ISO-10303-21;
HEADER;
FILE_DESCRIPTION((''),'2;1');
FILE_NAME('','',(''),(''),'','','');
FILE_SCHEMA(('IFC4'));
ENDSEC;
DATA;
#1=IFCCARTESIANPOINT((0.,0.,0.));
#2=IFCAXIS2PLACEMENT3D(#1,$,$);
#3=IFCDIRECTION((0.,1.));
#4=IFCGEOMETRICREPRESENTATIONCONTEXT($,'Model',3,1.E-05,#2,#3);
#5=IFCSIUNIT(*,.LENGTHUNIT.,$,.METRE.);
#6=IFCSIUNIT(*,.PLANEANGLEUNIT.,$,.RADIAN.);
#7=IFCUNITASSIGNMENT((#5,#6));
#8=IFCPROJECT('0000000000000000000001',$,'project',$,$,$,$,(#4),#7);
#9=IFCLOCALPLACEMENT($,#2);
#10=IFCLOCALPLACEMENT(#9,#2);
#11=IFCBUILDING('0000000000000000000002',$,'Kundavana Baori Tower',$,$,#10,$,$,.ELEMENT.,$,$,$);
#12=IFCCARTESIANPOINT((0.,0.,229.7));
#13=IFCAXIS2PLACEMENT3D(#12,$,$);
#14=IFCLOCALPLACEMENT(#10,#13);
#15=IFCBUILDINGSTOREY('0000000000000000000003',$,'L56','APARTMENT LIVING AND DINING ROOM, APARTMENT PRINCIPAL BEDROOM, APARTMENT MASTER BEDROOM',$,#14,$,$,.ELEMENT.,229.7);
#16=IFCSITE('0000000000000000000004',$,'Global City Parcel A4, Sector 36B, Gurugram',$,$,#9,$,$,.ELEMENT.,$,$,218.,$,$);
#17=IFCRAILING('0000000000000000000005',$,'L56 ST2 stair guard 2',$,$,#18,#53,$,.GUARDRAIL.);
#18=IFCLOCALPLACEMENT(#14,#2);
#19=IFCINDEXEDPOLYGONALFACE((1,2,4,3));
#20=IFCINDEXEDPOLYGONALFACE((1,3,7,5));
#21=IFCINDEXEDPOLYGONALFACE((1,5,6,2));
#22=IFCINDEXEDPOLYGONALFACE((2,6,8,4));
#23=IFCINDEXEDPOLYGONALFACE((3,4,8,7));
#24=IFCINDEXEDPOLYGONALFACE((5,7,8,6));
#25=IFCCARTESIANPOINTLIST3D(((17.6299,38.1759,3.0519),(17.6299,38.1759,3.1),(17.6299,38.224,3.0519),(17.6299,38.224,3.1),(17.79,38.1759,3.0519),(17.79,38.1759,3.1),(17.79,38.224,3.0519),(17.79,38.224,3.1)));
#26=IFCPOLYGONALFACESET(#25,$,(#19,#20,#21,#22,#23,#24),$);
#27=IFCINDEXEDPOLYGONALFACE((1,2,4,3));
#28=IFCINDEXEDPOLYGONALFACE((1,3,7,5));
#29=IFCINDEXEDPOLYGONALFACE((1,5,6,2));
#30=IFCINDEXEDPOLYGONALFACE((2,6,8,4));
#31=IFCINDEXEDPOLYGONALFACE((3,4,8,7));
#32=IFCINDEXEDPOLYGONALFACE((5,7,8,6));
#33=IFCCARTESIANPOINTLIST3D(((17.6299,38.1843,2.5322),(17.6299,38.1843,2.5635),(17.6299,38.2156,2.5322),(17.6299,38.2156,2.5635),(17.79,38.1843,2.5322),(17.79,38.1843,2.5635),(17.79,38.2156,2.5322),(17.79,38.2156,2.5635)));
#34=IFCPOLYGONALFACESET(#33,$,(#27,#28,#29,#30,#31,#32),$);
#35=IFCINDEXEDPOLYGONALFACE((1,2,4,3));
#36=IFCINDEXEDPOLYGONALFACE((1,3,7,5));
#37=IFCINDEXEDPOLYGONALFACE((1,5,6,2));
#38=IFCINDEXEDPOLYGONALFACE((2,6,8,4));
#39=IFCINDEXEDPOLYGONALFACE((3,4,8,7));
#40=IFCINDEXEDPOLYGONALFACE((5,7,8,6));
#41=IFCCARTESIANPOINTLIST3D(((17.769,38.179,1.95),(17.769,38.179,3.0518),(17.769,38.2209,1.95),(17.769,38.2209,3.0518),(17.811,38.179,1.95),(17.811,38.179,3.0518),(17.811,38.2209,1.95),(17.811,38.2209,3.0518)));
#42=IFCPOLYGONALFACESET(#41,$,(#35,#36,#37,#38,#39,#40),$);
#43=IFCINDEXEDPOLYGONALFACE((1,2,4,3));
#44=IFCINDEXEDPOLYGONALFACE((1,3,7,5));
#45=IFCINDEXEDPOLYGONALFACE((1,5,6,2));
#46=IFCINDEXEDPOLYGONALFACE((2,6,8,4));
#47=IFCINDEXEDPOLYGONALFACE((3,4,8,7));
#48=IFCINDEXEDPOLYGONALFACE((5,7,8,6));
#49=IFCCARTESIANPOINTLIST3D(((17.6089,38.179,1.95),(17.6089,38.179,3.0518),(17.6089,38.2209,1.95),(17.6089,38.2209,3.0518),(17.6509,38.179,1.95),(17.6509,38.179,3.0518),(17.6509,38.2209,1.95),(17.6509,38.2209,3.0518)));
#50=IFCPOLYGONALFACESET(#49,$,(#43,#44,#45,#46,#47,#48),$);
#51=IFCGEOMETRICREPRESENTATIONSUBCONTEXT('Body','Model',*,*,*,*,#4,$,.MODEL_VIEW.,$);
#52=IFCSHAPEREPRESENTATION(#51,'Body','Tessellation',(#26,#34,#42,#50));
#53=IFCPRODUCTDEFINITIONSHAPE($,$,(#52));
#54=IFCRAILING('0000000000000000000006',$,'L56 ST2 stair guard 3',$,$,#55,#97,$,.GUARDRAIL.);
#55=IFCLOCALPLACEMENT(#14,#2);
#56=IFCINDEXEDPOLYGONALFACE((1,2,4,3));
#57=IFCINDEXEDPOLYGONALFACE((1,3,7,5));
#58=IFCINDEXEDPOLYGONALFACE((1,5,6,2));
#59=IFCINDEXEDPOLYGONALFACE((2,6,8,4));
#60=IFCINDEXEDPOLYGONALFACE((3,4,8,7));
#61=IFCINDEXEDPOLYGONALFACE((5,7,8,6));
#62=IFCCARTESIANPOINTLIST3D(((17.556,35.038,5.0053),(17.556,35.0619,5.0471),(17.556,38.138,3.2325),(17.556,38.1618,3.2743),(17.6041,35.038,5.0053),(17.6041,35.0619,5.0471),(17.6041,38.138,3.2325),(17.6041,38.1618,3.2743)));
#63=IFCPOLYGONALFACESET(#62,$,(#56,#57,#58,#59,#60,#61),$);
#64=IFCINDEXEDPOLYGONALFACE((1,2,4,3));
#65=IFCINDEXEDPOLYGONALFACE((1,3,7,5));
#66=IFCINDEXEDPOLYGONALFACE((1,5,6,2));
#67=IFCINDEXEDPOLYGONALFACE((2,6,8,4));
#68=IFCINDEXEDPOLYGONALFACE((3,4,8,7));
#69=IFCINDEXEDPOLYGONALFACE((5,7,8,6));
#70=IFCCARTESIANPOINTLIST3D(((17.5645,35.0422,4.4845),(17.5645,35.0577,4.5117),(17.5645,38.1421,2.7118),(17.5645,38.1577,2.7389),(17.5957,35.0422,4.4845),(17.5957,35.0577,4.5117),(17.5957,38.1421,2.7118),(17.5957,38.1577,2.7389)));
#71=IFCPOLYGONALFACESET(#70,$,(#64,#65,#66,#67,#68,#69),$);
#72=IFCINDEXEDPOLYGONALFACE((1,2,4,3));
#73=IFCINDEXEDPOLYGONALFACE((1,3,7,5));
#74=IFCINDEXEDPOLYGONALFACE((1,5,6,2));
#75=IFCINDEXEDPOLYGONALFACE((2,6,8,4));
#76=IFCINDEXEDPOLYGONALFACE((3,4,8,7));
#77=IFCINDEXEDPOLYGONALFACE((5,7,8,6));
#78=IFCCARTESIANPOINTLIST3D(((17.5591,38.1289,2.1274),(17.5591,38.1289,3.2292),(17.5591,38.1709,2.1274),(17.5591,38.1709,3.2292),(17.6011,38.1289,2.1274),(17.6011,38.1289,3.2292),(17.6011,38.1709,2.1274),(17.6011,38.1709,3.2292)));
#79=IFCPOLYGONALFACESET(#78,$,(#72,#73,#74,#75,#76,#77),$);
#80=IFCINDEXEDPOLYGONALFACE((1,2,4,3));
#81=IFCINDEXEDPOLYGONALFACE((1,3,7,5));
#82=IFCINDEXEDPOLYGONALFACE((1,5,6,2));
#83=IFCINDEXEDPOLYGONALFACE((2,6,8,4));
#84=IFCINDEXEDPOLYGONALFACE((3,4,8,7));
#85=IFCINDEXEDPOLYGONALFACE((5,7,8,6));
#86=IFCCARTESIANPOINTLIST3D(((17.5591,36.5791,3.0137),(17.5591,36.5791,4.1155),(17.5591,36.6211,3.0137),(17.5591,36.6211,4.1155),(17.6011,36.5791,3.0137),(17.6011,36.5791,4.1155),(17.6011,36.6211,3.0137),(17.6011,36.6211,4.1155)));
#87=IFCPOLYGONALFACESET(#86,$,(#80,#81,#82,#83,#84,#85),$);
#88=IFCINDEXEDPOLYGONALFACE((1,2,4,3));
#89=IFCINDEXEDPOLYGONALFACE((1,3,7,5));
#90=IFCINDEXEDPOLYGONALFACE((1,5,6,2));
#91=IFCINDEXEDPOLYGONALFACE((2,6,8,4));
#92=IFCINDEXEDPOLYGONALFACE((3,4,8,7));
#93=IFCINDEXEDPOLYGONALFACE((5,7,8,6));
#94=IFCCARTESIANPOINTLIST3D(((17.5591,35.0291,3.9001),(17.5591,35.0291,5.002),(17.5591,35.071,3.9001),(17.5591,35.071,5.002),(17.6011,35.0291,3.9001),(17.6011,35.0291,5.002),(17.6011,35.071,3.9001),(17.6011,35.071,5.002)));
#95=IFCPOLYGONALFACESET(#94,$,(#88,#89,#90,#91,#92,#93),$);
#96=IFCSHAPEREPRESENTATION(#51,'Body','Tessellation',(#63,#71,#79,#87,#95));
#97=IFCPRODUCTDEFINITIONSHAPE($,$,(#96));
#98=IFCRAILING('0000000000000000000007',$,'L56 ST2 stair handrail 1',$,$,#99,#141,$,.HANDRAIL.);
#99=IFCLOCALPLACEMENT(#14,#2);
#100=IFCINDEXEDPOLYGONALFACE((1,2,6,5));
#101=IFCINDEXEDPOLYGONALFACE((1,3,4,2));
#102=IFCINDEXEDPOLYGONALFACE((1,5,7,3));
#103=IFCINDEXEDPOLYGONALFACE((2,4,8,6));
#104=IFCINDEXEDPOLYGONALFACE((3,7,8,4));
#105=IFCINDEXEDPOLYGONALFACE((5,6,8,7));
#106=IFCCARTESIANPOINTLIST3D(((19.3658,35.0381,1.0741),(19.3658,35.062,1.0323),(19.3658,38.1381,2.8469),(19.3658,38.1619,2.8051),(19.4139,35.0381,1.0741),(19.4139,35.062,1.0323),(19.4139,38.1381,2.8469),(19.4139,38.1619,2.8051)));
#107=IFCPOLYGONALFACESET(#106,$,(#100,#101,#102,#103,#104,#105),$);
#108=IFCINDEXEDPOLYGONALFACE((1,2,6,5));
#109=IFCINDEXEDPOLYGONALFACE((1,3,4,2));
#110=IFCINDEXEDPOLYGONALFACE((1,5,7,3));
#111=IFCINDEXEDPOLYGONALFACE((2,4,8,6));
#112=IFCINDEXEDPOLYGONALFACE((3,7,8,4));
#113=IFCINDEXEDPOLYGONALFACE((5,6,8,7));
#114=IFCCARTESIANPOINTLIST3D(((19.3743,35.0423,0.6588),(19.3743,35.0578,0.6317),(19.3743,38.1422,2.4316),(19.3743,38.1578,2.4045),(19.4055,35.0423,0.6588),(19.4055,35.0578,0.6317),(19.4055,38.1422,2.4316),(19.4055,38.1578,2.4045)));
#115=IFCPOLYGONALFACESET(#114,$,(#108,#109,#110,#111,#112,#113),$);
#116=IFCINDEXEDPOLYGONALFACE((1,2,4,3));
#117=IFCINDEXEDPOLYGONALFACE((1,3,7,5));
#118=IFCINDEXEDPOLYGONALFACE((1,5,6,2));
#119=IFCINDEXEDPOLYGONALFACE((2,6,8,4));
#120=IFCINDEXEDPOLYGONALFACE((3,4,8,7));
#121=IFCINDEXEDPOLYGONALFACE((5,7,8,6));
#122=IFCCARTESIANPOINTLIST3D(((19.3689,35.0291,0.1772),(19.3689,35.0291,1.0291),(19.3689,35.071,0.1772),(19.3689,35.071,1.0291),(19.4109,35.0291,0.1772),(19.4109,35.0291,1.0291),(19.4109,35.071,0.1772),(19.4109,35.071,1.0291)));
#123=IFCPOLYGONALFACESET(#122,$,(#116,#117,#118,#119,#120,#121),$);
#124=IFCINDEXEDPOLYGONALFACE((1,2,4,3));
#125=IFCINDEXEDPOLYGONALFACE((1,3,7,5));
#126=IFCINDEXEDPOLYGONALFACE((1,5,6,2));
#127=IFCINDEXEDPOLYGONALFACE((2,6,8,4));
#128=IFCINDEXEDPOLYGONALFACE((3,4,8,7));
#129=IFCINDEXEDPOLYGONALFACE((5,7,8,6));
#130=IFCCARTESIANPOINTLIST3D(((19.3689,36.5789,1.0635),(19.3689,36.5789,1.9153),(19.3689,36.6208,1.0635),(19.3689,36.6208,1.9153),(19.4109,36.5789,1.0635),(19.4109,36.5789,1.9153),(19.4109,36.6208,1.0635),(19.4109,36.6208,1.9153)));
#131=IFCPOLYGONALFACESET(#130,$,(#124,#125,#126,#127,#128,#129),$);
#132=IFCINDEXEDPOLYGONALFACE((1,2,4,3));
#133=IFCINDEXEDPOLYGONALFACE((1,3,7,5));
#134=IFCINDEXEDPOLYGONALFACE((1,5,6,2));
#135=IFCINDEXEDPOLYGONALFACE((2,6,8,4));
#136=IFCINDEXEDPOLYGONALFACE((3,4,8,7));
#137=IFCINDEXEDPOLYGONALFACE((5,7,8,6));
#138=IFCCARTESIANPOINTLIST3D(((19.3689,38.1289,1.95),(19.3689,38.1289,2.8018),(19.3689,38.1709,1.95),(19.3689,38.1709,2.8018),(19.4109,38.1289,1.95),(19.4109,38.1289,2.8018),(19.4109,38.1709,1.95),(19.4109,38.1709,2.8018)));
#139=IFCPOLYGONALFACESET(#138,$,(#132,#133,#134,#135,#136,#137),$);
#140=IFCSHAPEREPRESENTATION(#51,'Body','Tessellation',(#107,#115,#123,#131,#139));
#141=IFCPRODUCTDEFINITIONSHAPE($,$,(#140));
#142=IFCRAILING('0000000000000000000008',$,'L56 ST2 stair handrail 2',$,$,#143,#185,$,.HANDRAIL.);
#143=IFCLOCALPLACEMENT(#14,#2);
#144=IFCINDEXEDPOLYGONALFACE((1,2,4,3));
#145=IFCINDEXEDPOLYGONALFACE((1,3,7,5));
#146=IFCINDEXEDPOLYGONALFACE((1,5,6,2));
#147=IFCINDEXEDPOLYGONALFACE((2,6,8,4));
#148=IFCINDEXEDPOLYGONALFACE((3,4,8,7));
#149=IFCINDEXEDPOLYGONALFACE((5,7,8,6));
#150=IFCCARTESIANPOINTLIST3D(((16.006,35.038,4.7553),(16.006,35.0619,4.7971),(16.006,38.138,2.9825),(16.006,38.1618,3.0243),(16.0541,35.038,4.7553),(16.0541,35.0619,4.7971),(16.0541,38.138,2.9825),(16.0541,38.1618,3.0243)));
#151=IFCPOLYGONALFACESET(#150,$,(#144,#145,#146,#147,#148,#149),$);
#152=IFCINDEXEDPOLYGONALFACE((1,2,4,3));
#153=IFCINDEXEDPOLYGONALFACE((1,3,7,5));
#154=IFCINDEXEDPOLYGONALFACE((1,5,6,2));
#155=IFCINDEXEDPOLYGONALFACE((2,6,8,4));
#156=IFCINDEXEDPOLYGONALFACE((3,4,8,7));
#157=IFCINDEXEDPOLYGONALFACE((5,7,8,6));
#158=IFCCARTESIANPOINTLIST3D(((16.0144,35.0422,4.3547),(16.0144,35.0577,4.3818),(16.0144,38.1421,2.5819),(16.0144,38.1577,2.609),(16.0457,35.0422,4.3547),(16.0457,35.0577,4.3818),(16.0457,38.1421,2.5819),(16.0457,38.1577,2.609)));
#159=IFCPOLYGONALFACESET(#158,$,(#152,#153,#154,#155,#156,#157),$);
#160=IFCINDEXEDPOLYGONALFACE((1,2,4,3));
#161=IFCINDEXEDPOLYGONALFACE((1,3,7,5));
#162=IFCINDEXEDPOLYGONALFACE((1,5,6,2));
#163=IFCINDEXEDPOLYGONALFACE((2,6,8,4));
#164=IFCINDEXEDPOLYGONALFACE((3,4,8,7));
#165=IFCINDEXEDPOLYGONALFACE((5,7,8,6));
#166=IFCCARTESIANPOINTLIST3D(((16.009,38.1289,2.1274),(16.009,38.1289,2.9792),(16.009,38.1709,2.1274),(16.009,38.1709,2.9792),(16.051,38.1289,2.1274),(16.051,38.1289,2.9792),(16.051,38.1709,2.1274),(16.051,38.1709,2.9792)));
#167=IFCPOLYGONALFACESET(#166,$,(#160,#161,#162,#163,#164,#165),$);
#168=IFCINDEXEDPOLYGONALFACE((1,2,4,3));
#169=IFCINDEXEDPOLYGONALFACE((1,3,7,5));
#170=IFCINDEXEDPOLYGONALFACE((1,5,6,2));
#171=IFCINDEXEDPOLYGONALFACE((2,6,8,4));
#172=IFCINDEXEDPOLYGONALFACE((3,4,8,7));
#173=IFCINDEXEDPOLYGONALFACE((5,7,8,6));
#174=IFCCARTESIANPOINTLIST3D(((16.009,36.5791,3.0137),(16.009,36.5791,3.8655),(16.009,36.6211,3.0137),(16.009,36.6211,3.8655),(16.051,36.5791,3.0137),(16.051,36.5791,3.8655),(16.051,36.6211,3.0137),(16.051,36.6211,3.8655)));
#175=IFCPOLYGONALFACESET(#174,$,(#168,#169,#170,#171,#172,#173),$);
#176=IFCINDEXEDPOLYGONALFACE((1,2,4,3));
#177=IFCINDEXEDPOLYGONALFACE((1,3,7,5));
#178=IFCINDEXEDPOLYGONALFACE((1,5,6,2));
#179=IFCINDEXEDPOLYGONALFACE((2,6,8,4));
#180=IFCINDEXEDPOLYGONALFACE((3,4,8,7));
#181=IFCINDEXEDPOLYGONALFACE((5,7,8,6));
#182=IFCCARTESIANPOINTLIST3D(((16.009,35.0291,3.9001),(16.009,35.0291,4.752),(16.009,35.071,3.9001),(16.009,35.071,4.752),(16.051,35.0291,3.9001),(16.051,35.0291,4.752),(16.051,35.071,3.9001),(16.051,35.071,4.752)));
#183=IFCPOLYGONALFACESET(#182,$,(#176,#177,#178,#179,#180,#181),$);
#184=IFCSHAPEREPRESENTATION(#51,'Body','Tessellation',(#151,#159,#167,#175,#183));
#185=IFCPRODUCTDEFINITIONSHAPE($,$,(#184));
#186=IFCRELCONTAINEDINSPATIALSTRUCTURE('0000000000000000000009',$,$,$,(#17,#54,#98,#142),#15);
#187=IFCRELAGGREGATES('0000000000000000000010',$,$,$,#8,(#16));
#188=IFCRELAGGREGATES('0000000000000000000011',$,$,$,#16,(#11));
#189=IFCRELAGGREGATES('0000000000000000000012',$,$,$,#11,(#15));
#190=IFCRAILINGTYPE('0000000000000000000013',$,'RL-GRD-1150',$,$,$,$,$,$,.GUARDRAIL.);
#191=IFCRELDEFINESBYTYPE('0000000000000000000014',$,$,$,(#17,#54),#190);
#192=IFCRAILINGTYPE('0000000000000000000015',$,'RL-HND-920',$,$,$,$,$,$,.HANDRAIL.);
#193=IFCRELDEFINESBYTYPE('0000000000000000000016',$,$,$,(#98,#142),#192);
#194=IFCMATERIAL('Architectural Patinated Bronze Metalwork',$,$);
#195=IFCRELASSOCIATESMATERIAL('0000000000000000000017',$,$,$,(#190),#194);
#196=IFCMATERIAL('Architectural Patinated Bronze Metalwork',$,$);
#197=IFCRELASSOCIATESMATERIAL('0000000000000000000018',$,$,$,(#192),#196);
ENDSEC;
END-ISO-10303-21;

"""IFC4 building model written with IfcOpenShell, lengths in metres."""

from ifc_helpers import new_model, si_unit, direction, frame, origin, origin_2d, place, context, subcontext, project, spatial, rectangle, extrude, material, type_object, element, save


model = new_model("IFC4")

# Units and contexts
model_context = context("Model", 3, precision=1e-05, world=origin(), true_north=direction((0.0, 1.0)))
body_context = subcontext(model_context, "Body", "Model", "MODEL_VIEW")
ifc_project = project(units=[si_unit("LENGTHUNIT", "METRE"), si_unit("PLANEANGLEUNIT", "RADIAN")], contexts=[model_context])

# Site, building, storey
site_placement = place(None, origin())
site = spatial("IfcSite", under=ifc_project, at=site_placement, Name="Global City Parcel A4, Sector 36B, Gurugram", CompositionType="ELEMENT", RefElevation=218.0)
building_placement = place(site_placement, origin())
building = spatial("IfcBuilding", under=site, at=building_placement, Name="Kundavana Baori Tower", CompositionType="ELEMENT")
storey_placement = place(building_placement, frame((0.0, 0.0, 229.7)))
storey = spatial("IfcBuildingStorey", under=building, at=storey_placement, Name="L56", Description="APARTMENT LIVING AND DINING ROOM, APARTMENT PRINCIPAL BEDROOM, APARTMENT MASTER BEDROOM", CompositionType="ELEMENT", Elevation=229.7)

# Railings
ifc_material_1 = material(Name="Architectural Patinated Bronze Metalwork")
railing_type_1 = type_object("IfcRailingType", Name="RL-GRD-1150", PredefinedType="GUARDRAIL", material=ifc_material_1)
railing_1_placement = place(storey_placement, frame((17.79, 38.2, 1.95)))
element("IfcRailing", 1, at=railing_1_placement, inside=storey, type_object=railing_type_1, Name="L56 ST2 stair guard 2", PredefinedType="GUARDRAIL", context=body_context, shape_type="SweptSolid", body=[
    extrude(rectangle(XDim=0.0481, YDim=0.0481, at=origin_2d()), frame((0.0, 0.0, 1.126), z_axis=(-1.0, 0.0, 0.0), x_axis=(0.0, -1.0, 0.0)), (0.0, 0.0, 1.0), 0.1602),
    extrude(rectangle(XDim=0.0312, YDim=0.0312, at=origin_2d()), frame((0.0, 0.0, 0.5979), z_axis=(-1.0, 0.0, 0.0), x_axis=(0.0, -1.0, 0.0)), (0.0, 0.0, 1.0), 0.1602),
    extrude(rectangle(XDim=0.042, YDim=0.042, at=origin_2d()), origin(), (0.0, 0.0, 1.0), 1.1018),
    extrude(rectangle(XDim=0.042, YDim=0.042, at=origin_2d()), frame((-0.1602, 0.0, 0.0)), (0.0, 0.0, 1.0), 1.1018),
])
railing_2_placement = place(storey_placement, frame((17.5801, 38.1499, 2.1274)))
element("IfcRailing", 2, at=railing_2_placement, inside=storey, type_object=railing_type_1, Name="L56 ST2 stair guard 3", PredefinedType="GUARDRAIL", context=body_context, shape_type="SweptSolid", body=[
    extrude(rectangle(XDim=0.0481, YDim=0.0481, at=origin_2d()), frame((0.0, 0.0, 1.126), z_axis=(0.0, -0.868079, 0.496426), x_axis=(1.0, 0.0, 0.0)), (0.0, 0.0, 1.0), 3.571),
    extrude(rectangle(XDim=0.0312, YDim=0.0312, at=origin_2d()), frame((0.0, 0.0, 0.5979), z_axis=(0.0, -0.868079, 0.496426), x_axis=(1.0, 0.0, 0.0)), (0.0, 0.0, 1.0), 3.571),
    extrude(rectangle(XDim=0.042, YDim=0.042, at=origin_2d()), origin(), (0.0, 0.0, 1.0), 1.1018),
    extrude(rectangle(XDim=0.042, YDim=0.042, at=origin_2d()), frame((0.0, -1.5498, 0.8862)), (0.0, 0.0, 1.0), 1.1018),
    extrude(rectangle(XDim=0.042, YDim=0.042, at=origin_2d()), frame((0.0, -3.0999, 1.7727)), (0.0, 0.0, 1.0), 1.1018),
])
ifc_material_2 = material(Name="Architectural Patinated Bronze Metalwork")
railing_type_2 = type_object("IfcRailingType", Name="RL-HND-920", PredefinedType="HANDRAIL", material=ifc_material_2)
railing_3_placement = place(storey_placement, frame((19.3899, 35.05, 0.1772)))
element("IfcRailing", 3, at=railing_3_placement, inside=storey, type_object=railing_type_2, Name="L56 ST2 stair handrail 1", PredefinedType="HANDRAIL", context=body_context, shape_type="SweptSolid", body=[
    extrude(rectangle(XDim=0.0481, YDim=0.0481, at=origin_2d()), frame((0.0, 0.0, 0.876), z_axis=(0.0, 0.868079, 0.496426), x_axis=(-1.0, 0.0, 0.0)), (0.0, 0.0, 1.0), 3.571),
    extrude(rectangle(XDim=0.0312, YDim=0.0312, at=origin_2d()), frame((0.0, 0.0, 0.468), z_axis=(0.0, 0.868079, 0.496426), x_axis=(-1.0, 0.0, 0.0)), (0.0, 0.0, 1.0), 3.571),
    extrude(rectangle(XDim=0.042, YDim=0.042, at=origin_2d()), origin(), (0.0, 0.0, 1.0), 0.8518),
    extrude(rectangle(XDim=0.042, YDim=0.042, at=origin_2d()), frame((0.0, 1.5498, 0.8862)), (0.0, 0.0, 1.0), 0.8518),
    extrude(rectangle(XDim=0.042, YDim=0.042, at=origin_2d()), frame((0.0, 3.0999, 1.7727)), (0.0, 0.0, 1.0), 0.8518),
])
railing_4_placement = place(storey_placement, frame((16.03, 38.1499, 2.1274)))
element("IfcRailing", 4, at=railing_4_placement, inside=storey, type_object=railing_type_2, Name="L56 ST2 stair handrail 2", PredefinedType="HANDRAIL", context=body_context, shape_type="SweptSolid", body=[
    extrude(rectangle(XDim=0.0481, YDim=0.0481, at=origin_2d()), frame((0.0, 0.0, 0.876), z_axis=(0.0, -0.868079, 0.496426), x_axis=(1.0, 0.0, 0.0)), (0.0, 0.0, 1.0), 3.571),
    extrude(rectangle(XDim=0.0312, YDim=0.0312, at=origin_2d()), frame((0.0, 0.0, 0.468), z_axis=(0.0, -0.868079, 0.496426), x_axis=(1.0, 0.0, 0.0)), (0.0, 0.0, 1.0), 3.571),
    extrude(rectangle(XDim=0.042, YDim=0.042, at=origin_2d()), origin(), (0.0, 0.0, 1.0), 0.8518),
    extrude(rectangle(XDim=0.042, YDim=0.042, at=origin_2d()), frame((0.0, -1.5498, 0.8862)), (0.0, 0.0, 1.0), 0.8518),
    extrude(rectangle(XDim=0.042, YDim=0.042, at=origin_2d()), frame((0.0, -3.0999, 1.7727)), (0.0, 0.0, 1.0), 0.8518),
])

save(model, "model.ifc")
